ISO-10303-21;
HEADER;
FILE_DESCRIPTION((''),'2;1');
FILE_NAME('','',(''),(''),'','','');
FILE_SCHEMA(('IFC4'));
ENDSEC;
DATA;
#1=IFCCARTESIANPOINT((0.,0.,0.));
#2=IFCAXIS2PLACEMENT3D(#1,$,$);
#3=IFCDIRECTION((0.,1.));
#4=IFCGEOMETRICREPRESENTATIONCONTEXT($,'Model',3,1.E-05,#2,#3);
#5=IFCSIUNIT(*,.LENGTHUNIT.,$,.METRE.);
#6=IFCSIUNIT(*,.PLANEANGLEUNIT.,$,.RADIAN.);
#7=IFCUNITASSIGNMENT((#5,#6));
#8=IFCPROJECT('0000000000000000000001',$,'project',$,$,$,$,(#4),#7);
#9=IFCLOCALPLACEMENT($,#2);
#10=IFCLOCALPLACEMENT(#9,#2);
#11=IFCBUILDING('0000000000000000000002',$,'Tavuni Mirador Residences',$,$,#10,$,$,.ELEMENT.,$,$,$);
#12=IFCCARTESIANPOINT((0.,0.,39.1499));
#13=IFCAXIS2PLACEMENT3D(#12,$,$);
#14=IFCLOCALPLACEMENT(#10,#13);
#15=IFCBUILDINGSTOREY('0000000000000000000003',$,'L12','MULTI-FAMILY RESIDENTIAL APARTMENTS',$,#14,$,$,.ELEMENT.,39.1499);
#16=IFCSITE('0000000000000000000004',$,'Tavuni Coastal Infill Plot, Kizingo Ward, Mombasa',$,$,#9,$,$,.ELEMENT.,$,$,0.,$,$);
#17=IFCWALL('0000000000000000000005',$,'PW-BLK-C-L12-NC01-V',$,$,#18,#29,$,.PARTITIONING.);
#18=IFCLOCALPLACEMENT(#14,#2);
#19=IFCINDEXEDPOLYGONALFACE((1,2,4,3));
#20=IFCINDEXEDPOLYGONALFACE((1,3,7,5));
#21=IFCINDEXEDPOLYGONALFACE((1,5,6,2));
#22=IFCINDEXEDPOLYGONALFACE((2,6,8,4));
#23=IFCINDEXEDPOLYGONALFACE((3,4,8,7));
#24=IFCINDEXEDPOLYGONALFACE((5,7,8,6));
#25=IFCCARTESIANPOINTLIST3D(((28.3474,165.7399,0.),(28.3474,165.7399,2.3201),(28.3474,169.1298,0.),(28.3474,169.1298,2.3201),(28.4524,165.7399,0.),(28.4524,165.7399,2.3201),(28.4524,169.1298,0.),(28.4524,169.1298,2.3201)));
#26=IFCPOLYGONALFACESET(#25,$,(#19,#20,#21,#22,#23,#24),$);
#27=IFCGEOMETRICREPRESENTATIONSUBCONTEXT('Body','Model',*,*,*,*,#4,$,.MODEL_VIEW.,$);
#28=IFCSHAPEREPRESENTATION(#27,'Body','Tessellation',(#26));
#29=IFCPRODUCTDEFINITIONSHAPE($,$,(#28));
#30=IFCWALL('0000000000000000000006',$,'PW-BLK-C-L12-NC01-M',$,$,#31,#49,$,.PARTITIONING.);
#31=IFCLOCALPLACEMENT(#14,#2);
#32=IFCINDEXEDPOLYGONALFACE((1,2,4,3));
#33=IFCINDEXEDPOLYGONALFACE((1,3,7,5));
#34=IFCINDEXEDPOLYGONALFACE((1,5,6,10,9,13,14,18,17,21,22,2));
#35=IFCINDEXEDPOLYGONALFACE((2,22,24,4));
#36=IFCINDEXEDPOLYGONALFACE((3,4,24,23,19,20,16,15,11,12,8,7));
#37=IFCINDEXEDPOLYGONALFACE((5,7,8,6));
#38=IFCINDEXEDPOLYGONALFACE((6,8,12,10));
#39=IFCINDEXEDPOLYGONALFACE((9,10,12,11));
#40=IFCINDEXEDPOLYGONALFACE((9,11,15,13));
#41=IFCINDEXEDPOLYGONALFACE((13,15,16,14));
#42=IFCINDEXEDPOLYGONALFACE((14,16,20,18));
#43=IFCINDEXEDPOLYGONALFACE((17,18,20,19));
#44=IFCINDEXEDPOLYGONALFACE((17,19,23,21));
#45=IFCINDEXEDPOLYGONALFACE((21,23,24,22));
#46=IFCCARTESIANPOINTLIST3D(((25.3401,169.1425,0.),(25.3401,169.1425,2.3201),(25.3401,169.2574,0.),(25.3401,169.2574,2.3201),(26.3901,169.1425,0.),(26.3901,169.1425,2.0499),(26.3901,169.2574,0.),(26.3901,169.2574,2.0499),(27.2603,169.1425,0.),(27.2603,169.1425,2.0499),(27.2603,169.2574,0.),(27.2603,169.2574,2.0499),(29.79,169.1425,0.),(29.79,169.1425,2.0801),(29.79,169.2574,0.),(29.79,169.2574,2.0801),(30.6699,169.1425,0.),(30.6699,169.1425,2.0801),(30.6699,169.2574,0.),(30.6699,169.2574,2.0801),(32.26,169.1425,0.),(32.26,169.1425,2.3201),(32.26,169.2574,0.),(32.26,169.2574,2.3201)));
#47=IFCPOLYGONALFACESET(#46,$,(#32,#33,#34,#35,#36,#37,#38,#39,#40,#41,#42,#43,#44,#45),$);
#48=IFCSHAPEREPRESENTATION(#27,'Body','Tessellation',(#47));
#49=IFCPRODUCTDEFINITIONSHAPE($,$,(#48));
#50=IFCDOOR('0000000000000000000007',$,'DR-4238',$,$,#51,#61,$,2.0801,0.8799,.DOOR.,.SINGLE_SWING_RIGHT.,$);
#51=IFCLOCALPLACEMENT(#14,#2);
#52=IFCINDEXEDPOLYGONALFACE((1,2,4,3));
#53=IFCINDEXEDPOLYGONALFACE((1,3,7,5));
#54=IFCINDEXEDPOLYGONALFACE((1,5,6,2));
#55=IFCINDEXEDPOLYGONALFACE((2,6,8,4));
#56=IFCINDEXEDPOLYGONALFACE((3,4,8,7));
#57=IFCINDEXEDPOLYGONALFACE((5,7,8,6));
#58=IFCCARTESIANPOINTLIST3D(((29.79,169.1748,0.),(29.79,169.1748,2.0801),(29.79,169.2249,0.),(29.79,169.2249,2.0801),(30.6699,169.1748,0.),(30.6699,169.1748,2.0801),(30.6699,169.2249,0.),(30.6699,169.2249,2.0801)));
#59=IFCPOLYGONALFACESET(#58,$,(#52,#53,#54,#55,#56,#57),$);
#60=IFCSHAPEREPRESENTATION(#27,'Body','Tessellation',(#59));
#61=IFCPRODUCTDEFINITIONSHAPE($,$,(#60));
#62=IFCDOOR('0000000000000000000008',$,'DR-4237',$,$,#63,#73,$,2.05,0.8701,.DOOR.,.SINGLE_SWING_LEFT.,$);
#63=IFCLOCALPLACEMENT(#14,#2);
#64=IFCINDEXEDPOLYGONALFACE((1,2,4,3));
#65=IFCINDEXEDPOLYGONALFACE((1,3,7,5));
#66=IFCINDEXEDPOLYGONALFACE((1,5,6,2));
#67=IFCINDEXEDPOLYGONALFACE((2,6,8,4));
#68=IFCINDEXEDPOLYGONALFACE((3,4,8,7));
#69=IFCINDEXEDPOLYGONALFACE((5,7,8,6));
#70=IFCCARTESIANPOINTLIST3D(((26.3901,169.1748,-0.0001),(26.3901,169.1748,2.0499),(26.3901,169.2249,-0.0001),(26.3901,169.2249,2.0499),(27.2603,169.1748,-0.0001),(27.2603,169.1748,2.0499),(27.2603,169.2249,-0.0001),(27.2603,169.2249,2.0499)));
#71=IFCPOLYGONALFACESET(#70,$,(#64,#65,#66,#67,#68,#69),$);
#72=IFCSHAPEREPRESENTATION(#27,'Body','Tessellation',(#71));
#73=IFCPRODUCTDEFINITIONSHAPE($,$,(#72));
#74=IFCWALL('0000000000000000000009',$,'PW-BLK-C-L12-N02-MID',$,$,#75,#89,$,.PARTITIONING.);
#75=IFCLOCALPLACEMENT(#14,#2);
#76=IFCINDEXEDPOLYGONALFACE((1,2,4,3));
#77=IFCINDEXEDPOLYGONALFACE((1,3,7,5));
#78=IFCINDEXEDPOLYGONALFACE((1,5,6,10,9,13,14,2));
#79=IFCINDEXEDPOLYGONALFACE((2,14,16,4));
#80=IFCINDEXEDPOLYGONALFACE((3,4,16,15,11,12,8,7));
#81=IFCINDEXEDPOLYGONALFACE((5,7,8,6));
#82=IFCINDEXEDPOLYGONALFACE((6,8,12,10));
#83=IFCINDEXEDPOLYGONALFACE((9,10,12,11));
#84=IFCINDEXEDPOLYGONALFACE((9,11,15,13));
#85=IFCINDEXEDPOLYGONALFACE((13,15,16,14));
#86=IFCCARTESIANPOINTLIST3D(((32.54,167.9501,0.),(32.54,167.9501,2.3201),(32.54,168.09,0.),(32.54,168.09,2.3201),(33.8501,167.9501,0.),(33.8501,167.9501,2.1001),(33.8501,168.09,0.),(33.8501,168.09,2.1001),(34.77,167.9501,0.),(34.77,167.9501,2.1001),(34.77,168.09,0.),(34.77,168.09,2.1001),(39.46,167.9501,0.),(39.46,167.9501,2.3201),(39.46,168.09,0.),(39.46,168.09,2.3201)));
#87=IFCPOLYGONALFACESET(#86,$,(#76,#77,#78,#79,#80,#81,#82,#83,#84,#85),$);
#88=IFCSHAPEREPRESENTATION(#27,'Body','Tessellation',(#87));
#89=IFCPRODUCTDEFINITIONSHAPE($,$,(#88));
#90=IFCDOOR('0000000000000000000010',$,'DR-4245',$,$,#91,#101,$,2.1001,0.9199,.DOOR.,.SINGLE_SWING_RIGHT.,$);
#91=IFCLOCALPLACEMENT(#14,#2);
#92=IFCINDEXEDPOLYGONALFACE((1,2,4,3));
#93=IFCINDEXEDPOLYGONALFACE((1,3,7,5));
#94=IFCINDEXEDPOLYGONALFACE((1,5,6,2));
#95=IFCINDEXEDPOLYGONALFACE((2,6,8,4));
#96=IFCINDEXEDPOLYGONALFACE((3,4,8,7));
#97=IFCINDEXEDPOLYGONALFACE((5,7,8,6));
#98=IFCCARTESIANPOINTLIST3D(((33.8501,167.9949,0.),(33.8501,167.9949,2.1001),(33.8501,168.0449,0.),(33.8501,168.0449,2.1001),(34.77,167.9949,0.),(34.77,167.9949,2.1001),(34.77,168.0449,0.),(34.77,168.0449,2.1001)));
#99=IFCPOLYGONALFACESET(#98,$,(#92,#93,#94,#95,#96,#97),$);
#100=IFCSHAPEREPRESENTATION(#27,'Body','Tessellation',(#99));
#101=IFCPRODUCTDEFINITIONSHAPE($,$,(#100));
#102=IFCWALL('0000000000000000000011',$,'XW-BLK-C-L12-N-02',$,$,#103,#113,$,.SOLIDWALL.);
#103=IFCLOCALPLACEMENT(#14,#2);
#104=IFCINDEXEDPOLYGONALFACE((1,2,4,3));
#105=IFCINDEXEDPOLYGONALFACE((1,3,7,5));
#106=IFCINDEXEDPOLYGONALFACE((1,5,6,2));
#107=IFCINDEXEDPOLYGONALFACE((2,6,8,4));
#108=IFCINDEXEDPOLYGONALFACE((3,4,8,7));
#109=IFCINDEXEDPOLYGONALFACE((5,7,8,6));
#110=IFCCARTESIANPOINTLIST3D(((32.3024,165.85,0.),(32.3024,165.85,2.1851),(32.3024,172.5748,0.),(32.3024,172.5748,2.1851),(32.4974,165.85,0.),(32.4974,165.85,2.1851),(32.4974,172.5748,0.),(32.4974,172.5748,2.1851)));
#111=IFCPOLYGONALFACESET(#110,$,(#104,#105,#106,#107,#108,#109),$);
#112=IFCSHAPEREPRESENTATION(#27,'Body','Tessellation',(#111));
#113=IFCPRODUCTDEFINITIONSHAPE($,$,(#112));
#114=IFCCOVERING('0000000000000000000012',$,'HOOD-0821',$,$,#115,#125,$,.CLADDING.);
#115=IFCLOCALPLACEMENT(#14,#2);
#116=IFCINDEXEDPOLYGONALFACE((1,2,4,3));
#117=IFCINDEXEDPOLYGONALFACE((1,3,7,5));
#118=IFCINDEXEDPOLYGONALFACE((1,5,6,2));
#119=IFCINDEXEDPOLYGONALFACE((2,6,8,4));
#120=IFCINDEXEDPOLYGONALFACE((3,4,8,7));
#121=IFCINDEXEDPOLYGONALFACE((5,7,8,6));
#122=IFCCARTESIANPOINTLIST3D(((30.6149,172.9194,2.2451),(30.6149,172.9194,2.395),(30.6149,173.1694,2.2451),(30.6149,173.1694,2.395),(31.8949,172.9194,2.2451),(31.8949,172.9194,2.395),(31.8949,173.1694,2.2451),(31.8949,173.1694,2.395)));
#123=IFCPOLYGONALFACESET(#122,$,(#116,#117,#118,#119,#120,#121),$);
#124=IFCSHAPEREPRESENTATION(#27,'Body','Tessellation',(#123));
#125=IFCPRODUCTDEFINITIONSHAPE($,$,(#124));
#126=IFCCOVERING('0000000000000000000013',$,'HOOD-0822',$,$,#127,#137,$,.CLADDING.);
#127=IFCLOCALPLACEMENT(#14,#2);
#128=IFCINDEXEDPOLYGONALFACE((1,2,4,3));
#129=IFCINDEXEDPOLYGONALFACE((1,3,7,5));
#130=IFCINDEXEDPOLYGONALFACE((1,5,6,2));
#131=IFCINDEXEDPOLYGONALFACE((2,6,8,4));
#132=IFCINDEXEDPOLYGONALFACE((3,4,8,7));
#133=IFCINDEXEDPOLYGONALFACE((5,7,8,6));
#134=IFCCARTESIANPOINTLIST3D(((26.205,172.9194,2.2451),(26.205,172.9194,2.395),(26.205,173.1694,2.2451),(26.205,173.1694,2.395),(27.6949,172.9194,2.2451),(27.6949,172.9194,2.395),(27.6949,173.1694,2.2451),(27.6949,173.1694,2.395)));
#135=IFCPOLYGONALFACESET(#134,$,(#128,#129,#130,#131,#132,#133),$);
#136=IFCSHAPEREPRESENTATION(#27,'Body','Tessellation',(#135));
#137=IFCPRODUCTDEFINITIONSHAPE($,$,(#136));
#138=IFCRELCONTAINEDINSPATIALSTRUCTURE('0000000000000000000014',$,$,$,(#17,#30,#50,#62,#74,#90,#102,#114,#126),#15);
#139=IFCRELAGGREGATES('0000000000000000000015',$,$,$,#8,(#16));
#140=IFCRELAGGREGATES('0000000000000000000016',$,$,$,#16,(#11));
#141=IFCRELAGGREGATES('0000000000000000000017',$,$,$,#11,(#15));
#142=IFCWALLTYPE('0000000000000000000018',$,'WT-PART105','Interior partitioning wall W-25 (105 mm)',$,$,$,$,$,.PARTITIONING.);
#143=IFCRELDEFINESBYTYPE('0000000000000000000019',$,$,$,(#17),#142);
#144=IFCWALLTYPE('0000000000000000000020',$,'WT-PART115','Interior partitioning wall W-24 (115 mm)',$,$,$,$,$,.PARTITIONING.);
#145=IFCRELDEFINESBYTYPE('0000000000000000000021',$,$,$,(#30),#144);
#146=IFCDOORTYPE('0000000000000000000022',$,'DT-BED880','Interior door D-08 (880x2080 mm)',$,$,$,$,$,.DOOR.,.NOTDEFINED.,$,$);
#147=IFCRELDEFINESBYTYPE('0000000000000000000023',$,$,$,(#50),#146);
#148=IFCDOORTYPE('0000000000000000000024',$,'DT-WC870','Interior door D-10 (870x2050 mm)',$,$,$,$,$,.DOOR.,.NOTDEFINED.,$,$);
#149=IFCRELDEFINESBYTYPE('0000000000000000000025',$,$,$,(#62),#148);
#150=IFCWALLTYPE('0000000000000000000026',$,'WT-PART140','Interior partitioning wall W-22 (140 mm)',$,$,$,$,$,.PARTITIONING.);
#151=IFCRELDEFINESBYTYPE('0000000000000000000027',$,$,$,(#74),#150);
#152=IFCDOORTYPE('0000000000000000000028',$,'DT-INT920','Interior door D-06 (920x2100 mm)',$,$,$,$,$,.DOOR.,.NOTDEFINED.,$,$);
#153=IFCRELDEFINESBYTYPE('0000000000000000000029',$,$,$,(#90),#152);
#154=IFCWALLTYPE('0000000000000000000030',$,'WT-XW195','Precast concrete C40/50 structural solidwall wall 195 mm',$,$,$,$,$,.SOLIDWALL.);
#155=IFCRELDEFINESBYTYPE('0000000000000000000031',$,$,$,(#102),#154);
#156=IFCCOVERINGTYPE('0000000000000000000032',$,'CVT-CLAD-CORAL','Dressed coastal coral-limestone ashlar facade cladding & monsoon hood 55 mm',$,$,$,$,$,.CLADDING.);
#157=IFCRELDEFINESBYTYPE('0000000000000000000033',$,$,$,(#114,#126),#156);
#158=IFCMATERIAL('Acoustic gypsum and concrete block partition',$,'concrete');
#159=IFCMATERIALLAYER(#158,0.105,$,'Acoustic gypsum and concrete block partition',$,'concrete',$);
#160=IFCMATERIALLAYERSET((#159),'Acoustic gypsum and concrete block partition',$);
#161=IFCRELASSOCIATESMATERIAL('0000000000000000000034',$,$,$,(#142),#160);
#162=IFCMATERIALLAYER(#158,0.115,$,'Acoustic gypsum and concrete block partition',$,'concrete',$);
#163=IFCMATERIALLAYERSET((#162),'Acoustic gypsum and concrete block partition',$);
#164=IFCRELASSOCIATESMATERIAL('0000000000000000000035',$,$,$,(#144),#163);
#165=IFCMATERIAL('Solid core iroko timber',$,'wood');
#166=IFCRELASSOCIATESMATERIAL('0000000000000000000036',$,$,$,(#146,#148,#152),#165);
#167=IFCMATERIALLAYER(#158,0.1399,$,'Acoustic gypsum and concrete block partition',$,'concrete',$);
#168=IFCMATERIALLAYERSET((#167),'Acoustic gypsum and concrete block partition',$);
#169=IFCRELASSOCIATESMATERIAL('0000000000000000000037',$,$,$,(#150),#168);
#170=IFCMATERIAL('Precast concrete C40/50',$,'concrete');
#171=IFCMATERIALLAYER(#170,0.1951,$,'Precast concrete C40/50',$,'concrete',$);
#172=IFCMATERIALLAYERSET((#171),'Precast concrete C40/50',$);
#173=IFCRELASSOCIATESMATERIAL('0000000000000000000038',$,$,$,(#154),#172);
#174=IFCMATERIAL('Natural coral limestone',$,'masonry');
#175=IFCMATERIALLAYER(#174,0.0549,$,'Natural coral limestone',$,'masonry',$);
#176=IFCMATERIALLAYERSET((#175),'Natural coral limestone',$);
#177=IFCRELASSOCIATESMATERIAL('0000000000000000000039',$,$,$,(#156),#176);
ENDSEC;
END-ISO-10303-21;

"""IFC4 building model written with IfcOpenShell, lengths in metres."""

from ifc_helpers import new_model, si_unit, direction, frame, frame_2d, origin, origin_2d, place, context, subcontext, project, spatial, rectangle, extrude, material, layer, layer_set, type_object, element, fill, save


model = new_model("IFC4")

# Units and contexts
model_context = context("Model", 3, precision=1e-05, world=origin(), true_north=direction((0.0, 1.0)))
body_context = subcontext(model_context, "Body", "Model", "MODEL_VIEW")
ifc_project = project(units=[si_unit("LENGTHUNIT", "METRE"), si_unit("PLANEANGLEUNIT", "RADIAN")], contexts=[model_context])

# Site, building, storey
site_placement = place(None, origin())
site = spatial("IfcSite", under=ifc_project, at=site_placement, Name="Tavuni Coastal Infill Plot, Kizingo Ward, Mombasa", CompositionType="ELEMENT", RefElevation=0.0)
building_placement = place(site_placement, origin())
building = spatial("IfcBuilding", under=site, at=building_placement, Name="Tavuni Mirador Residences", CompositionType="ELEMENT")
storey_placement = place(building_placement, frame((0.0, 0.0, 39.1499)))
storey = spatial("IfcBuildingStorey", under=building, at=storey_placement, Name="L12", Description="MULTI-FAMILY RESIDENTIAL APARTMENTS", CompositionType="ELEMENT", Elevation=39.1499)

# Shared definitions
ifc_material_1 = material(Name="Precast concrete C40/50", Category="concrete")

# Wall
ifc_material_2 = material(Name="Acoustic gypsum and concrete block partition", Category="concrete")
ifc_layer_1 = layer(ifc_material_2, 0.105, Name="Acoustic gypsum and concrete block partition", Category="concrete")
ifc_layer_set_1 = layer_set([ifc_layer_1], Name="Acoustic gypsum and concrete block partition")
wall_type_1 = type_object("IfcWallType", Name="WT-PART105", Description="Interior partitioning wall W-25 (105 mm)", PredefinedType="PARTITIONING", material=ifc_layer_set_1)
wall_1_placement = place(storey_placement, frame((28.3999, 165.74, 0.0), z_axis=(0.0, 0.0, 1.0), x_axis=(0.0, 1.0, 0.0)))
element("IfcWall", 1, at=wall_1_placement, inside=storey, type_object=wall_type_1, Name="PW-BLK-C-L12-NC01-V", PredefinedType="PARTITIONING", context=body_context, shape_type="SweptSolid", body=[
    extrude(rectangle(XDim=3.3899, YDim=0.105, at=frame_2d((1.6948, 0.0))), origin(), (0.0, 0.0, 1.0), 2.3201),
])

# Wall, openings, doors
ifc_layer_2 = layer(ifc_material_2, 0.115, Name="Acoustic gypsum and concrete block partition", Category="concrete")
ifc_layer_set_2 = layer_set([ifc_layer_2], Name="Acoustic gypsum and concrete block partition")
wall_type_2 = type_object("IfcWallType", Name="WT-PART115", Description="Interior partitioning wall W-24 (115 mm)", PredefinedType="PARTITIONING", material=ifc_layer_set_2)
wall_2_placement = place(storey_placement, frame((25.3401, 169.2, 0.0), z_axis=(0.0, 0.0, 1.0), x_axis=(1.0, 0.0, 0.0)))
wall_2 = element("IfcWall", 2, at=wall_2_placement, inside=storey, type_object=wall_type_2, Name="PW-BLK-C-L12-NC01-M", PredefinedType="PARTITIONING", context=body_context, shape_type="SweptSolid", body=[
    extrude(rectangle(XDim=6.9199, YDim=0.115, at=frame_2d((3.46, 0.0))), origin(), (0.0, 0.0, 1.0), 2.3201),
])
opening_1_placement = place(wall_2_placement, frame((1.05, 0.0, 0.0)))
opening_1 = element("IfcOpeningElement", 3, at=opening_1_placement, cuts=wall_2, PredefinedType="OPENING", context=body_context, shape_type="SweptSolid", body=[
    extrude(rectangle(XDim=0.8701, YDim=2.05, at=frame_2d((0.4351, 1.0249))), frame((0.0, 0.0674, 0.0), z_axis=(0.0, -1.0, 0.0), x_axis=(1.0, 0.0, 0.0)), (0.0, 0.0, 1.0), 0.135),
])
opening_2_placement = place(wall_2_placement, frame((4.45, 0.0, 0.0)))
opening_2 = element("IfcOpeningElement", 4, at=opening_2_placement, cuts=wall_2, PredefinedType="OPENING", context=body_context, shape_type="SweptSolid", body=[
    extrude(rectangle(XDim=0.8799, YDim=2.0801, at=frame_2d((0.4399, 1.04))), frame((0.0, 0.0674, 0.0), z_axis=(0.0, -1.0, 0.0), x_axis=(1.0, 0.0, 0.0)), (0.0, 0.0, 1.0), 0.135),
])
ifc_material_3 = material(Name="Solid core iroko timber", Category="wood")
door_type_1 = type_object("IfcDoorType", Name="DT-BED880", Description="Interior door D-08 (880x2080 mm)", OperationType="NOTDEFINED", PredefinedType="DOOR", material=ifc_material_3)
door_1_placement = place(opening_2_placement, origin())
door_1 = element("IfcDoor", 5, at=door_1_placement, inside=storey, type_object=door_type_1, Name="DR-4238", OperationType="SINGLE_SWING_RIGHT", OverallHeight=2.0801, OverallWidth=0.8799, PredefinedType="DOOR", context=body_context, shape_type="SweptSolid", body=[
    extrude(rectangle(XDim=0.8799, YDim=2.0801, at=frame_2d((0.4399, 1.04))), frame((0.0, 0.0249, 0.0), z_axis=(0.0, -1.0, 0.0), x_axis=(1.0, 0.0, 0.0)), (0.0, 0.0, 1.0), 0.05),
])
fill(opening_2, door_1)
door_type_2 = type_object("IfcDoorType", Name="DT-WC870", Description="Interior door D-10 (870x2050 mm)", OperationType="NOTDEFINED", PredefinedType="DOOR", material=ifc_material_3)
door_2_placement = place(opening_1_placement, origin())
door_2 = element("IfcDoor", 6, at=door_2_placement, inside=storey, type_object=door_type_2, Name="DR-4237", OperationType="SINGLE_SWING_LEFT", OverallHeight=2.05, OverallWidth=0.8701, PredefinedType="DOOR", context=body_context, shape_type="SweptSolid", body=[
    extrude(rectangle(XDim=0.8701, YDim=2.05, at=frame_2d((0.4351, 1.0249))), frame((0.0, 0.0249, 0.0), z_axis=(0.0, -1.0, 0.0), x_axis=(1.0, 0.0, 0.0)), (0.0, 0.0, 1.0), 0.05),
])
fill(opening_1, door_2)

# Wall, opening, door
ifc_layer_3 = layer(ifc_material_2, 0.1399, Name="Acoustic gypsum and concrete block partition", Category="concrete")
ifc_layer_set_3 = layer_set([ifc_layer_3], Name="Acoustic gypsum and concrete block partition")
wall_type_3 = type_object("IfcWallType", Name="WT-PART140", Description="Interior partitioning wall W-22 (140 mm)", PredefinedType="PARTITIONING", material=ifc_layer_set_3)
wall_3_placement = place(storey_placement, frame((32.54, 168.02, 0.0), z_axis=(0.0, 0.0, 1.0), x_axis=(1.0, 0.0, 0.0)))
wall_3 = element("IfcWall", 7, at=wall_3_placement, inside=storey, type_object=wall_type_3, Name="PW-BLK-C-L12-N02-MID", PredefinedType="PARTITIONING", context=body_context, shape_type="SweptSolid", body=[
    extrude(rectangle(XDim=6.9199, YDim=0.1399, at=frame_2d((3.46, 0.0))), origin(), (0.0, 0.0, 1.0), 2.3201),
])
opening_3_placement = place(wall_3_placement, frame((1.3101, 0.0, 0.0)))
opening_3 = element("IfcOpeningElement", 8, at=opening_3_placement, cuts=wall_3, PredefinedType="OPENING", context=body_context, shape_type="SweptSolid", body=[
    extrude(rectangle(XDim=0.9199, YDim=2.1001, at=frame_2d((0.46, 1.05))), frame((0.0, 0.0801, 0.0), z_axis=(0.0, -1.0, 0.0), x_axis=(1.0, 0.0, 0.0)), (0.0, 0.0, 1.0), 0.1599),
])
door_type_3 = type_object("IfcDoorType", Name="DT-INT920", Description="Interior door D-06 (920x2100 mm)", OperationType="NOTDEFINED", PredefinedType="DOOR", material=ifc_material_3)
door_3_placement = place(opening_3_placement, origin())
door_3 = element("IfcDoor", 9, at=door_3_placement, inside=storey, type_object=door_type_3, Name="DR-4245", OperationType="SINGLE_SWING_RIGHT", OverallHeight=2.1001, OverallWidth=0.9199, PredefinedType="DOOR", context=body_context, shape_type="SweptSolid", body=[
    extrude(rectangle(XDim=0.9199, YDim=2.1001, at=frame_2d((0.46, 1.05))), frame((0.0, 0.0249, 0.0), z_axis=(0.0, -1.0, 0.0), x_axis=(1.0, 0.0, 0.0)), (0.0, 0.0, 1.0), 0.05),
])
fill(opening_3, door_3)

# Wall
ifc_layer_4 = layer(ifc_material_1, 0.1951, Name="Precast concrete C40/50", Category="concrete")
ifc_layer_set_4 = layer_set([ifc_layer_4], Name="Precast concrete C40/50")
wall_type_4 = type_object("IfcWallType", Name="WT-XW195", Description="Precast concrete C40/50 structural solidwall wall 195 mm", PredefinedType="SOLIDWALL", material=ifc_layer_set_4)
wall_4_placement = place(storey_placement, frame((32.3999, 165.8501, 0.0), z_axis=(0.0, 0.0, 1.0), x_axis=(0.0, 1.0, 0.0)))
element("IfcWall", 10, at=wall_4_placement, inside=storey, type_object=wall_type_4, Name="XW-BLK-C-L12-N-02", PredefinedType="SOLIDWALL", context=body_context, shape_type="SweptSolid", body=[
    extrude(rectangle(XDim=6.7249, YDim=0.1951, at=frame_2d((3.3623, 0.0))), origin(), (0.0, 0.0, 1.0), 2.1851),
])

# Coverings
ifc_material_4 = material(Name="Natural coral limestone", Category="masonry")
ifc_layer_5 = layer(ifc_material_4, 0.0549, Name="Natural coral limestone", Category="masonry")
ifc_layer_set_5 = layer_set([ifc_layer_5], Name="Natural coral limestone")
covering_type = type_object("IfcCoveringType", Name="CVT-CLAD-CORAL", Description="Dressed coastal coral-limestone ashlar facade cladding & monsoon hood 55 mm", PredefinedType="CLADDING", material=ifc_layer_set_5)
covering_1_placement = place(storey_placement, frame((31.2549, 173.0444, 2.2451), z_axis=(0.0, 0.0, 1.0), x_axis=(-1.0, 0.0, 0.0)))
element("IfcCovering", 11, at=covering_1_placement, inside=storey, type_object=covering_type, Name="HOOD-0821", PredefinedType="CLADDING", context=body_context, shape_type="SweptSolid", body=[
    extrude(rectangle(XDim=1.28, YDim=0.25, at=origin_2d()), origin(), (0.0, 0.0, 1.0), 0.1499),
])
covering_2_placement = place(storey_placement, frame((26.95, 173.0444, 2.2451), z_axis=(0.0, 0.0, 1.0), x_axis=(-1.0, 0.0, 0.0)))
element("IfcCovering", 12, at=covering_2_placement, inside=storey, type_object=covering_type, Name="HOOD-0822", PredefinedType="CLADDING", context=body_context, shape_type="SweptSolid", body=[
    extrude(rectangle(XDim=1.49, YDim=0.25, at=origin_2d()), origin(), (0.0, 0.0, 1.0), 0.1499),
])

save(model, "model.ifc")
